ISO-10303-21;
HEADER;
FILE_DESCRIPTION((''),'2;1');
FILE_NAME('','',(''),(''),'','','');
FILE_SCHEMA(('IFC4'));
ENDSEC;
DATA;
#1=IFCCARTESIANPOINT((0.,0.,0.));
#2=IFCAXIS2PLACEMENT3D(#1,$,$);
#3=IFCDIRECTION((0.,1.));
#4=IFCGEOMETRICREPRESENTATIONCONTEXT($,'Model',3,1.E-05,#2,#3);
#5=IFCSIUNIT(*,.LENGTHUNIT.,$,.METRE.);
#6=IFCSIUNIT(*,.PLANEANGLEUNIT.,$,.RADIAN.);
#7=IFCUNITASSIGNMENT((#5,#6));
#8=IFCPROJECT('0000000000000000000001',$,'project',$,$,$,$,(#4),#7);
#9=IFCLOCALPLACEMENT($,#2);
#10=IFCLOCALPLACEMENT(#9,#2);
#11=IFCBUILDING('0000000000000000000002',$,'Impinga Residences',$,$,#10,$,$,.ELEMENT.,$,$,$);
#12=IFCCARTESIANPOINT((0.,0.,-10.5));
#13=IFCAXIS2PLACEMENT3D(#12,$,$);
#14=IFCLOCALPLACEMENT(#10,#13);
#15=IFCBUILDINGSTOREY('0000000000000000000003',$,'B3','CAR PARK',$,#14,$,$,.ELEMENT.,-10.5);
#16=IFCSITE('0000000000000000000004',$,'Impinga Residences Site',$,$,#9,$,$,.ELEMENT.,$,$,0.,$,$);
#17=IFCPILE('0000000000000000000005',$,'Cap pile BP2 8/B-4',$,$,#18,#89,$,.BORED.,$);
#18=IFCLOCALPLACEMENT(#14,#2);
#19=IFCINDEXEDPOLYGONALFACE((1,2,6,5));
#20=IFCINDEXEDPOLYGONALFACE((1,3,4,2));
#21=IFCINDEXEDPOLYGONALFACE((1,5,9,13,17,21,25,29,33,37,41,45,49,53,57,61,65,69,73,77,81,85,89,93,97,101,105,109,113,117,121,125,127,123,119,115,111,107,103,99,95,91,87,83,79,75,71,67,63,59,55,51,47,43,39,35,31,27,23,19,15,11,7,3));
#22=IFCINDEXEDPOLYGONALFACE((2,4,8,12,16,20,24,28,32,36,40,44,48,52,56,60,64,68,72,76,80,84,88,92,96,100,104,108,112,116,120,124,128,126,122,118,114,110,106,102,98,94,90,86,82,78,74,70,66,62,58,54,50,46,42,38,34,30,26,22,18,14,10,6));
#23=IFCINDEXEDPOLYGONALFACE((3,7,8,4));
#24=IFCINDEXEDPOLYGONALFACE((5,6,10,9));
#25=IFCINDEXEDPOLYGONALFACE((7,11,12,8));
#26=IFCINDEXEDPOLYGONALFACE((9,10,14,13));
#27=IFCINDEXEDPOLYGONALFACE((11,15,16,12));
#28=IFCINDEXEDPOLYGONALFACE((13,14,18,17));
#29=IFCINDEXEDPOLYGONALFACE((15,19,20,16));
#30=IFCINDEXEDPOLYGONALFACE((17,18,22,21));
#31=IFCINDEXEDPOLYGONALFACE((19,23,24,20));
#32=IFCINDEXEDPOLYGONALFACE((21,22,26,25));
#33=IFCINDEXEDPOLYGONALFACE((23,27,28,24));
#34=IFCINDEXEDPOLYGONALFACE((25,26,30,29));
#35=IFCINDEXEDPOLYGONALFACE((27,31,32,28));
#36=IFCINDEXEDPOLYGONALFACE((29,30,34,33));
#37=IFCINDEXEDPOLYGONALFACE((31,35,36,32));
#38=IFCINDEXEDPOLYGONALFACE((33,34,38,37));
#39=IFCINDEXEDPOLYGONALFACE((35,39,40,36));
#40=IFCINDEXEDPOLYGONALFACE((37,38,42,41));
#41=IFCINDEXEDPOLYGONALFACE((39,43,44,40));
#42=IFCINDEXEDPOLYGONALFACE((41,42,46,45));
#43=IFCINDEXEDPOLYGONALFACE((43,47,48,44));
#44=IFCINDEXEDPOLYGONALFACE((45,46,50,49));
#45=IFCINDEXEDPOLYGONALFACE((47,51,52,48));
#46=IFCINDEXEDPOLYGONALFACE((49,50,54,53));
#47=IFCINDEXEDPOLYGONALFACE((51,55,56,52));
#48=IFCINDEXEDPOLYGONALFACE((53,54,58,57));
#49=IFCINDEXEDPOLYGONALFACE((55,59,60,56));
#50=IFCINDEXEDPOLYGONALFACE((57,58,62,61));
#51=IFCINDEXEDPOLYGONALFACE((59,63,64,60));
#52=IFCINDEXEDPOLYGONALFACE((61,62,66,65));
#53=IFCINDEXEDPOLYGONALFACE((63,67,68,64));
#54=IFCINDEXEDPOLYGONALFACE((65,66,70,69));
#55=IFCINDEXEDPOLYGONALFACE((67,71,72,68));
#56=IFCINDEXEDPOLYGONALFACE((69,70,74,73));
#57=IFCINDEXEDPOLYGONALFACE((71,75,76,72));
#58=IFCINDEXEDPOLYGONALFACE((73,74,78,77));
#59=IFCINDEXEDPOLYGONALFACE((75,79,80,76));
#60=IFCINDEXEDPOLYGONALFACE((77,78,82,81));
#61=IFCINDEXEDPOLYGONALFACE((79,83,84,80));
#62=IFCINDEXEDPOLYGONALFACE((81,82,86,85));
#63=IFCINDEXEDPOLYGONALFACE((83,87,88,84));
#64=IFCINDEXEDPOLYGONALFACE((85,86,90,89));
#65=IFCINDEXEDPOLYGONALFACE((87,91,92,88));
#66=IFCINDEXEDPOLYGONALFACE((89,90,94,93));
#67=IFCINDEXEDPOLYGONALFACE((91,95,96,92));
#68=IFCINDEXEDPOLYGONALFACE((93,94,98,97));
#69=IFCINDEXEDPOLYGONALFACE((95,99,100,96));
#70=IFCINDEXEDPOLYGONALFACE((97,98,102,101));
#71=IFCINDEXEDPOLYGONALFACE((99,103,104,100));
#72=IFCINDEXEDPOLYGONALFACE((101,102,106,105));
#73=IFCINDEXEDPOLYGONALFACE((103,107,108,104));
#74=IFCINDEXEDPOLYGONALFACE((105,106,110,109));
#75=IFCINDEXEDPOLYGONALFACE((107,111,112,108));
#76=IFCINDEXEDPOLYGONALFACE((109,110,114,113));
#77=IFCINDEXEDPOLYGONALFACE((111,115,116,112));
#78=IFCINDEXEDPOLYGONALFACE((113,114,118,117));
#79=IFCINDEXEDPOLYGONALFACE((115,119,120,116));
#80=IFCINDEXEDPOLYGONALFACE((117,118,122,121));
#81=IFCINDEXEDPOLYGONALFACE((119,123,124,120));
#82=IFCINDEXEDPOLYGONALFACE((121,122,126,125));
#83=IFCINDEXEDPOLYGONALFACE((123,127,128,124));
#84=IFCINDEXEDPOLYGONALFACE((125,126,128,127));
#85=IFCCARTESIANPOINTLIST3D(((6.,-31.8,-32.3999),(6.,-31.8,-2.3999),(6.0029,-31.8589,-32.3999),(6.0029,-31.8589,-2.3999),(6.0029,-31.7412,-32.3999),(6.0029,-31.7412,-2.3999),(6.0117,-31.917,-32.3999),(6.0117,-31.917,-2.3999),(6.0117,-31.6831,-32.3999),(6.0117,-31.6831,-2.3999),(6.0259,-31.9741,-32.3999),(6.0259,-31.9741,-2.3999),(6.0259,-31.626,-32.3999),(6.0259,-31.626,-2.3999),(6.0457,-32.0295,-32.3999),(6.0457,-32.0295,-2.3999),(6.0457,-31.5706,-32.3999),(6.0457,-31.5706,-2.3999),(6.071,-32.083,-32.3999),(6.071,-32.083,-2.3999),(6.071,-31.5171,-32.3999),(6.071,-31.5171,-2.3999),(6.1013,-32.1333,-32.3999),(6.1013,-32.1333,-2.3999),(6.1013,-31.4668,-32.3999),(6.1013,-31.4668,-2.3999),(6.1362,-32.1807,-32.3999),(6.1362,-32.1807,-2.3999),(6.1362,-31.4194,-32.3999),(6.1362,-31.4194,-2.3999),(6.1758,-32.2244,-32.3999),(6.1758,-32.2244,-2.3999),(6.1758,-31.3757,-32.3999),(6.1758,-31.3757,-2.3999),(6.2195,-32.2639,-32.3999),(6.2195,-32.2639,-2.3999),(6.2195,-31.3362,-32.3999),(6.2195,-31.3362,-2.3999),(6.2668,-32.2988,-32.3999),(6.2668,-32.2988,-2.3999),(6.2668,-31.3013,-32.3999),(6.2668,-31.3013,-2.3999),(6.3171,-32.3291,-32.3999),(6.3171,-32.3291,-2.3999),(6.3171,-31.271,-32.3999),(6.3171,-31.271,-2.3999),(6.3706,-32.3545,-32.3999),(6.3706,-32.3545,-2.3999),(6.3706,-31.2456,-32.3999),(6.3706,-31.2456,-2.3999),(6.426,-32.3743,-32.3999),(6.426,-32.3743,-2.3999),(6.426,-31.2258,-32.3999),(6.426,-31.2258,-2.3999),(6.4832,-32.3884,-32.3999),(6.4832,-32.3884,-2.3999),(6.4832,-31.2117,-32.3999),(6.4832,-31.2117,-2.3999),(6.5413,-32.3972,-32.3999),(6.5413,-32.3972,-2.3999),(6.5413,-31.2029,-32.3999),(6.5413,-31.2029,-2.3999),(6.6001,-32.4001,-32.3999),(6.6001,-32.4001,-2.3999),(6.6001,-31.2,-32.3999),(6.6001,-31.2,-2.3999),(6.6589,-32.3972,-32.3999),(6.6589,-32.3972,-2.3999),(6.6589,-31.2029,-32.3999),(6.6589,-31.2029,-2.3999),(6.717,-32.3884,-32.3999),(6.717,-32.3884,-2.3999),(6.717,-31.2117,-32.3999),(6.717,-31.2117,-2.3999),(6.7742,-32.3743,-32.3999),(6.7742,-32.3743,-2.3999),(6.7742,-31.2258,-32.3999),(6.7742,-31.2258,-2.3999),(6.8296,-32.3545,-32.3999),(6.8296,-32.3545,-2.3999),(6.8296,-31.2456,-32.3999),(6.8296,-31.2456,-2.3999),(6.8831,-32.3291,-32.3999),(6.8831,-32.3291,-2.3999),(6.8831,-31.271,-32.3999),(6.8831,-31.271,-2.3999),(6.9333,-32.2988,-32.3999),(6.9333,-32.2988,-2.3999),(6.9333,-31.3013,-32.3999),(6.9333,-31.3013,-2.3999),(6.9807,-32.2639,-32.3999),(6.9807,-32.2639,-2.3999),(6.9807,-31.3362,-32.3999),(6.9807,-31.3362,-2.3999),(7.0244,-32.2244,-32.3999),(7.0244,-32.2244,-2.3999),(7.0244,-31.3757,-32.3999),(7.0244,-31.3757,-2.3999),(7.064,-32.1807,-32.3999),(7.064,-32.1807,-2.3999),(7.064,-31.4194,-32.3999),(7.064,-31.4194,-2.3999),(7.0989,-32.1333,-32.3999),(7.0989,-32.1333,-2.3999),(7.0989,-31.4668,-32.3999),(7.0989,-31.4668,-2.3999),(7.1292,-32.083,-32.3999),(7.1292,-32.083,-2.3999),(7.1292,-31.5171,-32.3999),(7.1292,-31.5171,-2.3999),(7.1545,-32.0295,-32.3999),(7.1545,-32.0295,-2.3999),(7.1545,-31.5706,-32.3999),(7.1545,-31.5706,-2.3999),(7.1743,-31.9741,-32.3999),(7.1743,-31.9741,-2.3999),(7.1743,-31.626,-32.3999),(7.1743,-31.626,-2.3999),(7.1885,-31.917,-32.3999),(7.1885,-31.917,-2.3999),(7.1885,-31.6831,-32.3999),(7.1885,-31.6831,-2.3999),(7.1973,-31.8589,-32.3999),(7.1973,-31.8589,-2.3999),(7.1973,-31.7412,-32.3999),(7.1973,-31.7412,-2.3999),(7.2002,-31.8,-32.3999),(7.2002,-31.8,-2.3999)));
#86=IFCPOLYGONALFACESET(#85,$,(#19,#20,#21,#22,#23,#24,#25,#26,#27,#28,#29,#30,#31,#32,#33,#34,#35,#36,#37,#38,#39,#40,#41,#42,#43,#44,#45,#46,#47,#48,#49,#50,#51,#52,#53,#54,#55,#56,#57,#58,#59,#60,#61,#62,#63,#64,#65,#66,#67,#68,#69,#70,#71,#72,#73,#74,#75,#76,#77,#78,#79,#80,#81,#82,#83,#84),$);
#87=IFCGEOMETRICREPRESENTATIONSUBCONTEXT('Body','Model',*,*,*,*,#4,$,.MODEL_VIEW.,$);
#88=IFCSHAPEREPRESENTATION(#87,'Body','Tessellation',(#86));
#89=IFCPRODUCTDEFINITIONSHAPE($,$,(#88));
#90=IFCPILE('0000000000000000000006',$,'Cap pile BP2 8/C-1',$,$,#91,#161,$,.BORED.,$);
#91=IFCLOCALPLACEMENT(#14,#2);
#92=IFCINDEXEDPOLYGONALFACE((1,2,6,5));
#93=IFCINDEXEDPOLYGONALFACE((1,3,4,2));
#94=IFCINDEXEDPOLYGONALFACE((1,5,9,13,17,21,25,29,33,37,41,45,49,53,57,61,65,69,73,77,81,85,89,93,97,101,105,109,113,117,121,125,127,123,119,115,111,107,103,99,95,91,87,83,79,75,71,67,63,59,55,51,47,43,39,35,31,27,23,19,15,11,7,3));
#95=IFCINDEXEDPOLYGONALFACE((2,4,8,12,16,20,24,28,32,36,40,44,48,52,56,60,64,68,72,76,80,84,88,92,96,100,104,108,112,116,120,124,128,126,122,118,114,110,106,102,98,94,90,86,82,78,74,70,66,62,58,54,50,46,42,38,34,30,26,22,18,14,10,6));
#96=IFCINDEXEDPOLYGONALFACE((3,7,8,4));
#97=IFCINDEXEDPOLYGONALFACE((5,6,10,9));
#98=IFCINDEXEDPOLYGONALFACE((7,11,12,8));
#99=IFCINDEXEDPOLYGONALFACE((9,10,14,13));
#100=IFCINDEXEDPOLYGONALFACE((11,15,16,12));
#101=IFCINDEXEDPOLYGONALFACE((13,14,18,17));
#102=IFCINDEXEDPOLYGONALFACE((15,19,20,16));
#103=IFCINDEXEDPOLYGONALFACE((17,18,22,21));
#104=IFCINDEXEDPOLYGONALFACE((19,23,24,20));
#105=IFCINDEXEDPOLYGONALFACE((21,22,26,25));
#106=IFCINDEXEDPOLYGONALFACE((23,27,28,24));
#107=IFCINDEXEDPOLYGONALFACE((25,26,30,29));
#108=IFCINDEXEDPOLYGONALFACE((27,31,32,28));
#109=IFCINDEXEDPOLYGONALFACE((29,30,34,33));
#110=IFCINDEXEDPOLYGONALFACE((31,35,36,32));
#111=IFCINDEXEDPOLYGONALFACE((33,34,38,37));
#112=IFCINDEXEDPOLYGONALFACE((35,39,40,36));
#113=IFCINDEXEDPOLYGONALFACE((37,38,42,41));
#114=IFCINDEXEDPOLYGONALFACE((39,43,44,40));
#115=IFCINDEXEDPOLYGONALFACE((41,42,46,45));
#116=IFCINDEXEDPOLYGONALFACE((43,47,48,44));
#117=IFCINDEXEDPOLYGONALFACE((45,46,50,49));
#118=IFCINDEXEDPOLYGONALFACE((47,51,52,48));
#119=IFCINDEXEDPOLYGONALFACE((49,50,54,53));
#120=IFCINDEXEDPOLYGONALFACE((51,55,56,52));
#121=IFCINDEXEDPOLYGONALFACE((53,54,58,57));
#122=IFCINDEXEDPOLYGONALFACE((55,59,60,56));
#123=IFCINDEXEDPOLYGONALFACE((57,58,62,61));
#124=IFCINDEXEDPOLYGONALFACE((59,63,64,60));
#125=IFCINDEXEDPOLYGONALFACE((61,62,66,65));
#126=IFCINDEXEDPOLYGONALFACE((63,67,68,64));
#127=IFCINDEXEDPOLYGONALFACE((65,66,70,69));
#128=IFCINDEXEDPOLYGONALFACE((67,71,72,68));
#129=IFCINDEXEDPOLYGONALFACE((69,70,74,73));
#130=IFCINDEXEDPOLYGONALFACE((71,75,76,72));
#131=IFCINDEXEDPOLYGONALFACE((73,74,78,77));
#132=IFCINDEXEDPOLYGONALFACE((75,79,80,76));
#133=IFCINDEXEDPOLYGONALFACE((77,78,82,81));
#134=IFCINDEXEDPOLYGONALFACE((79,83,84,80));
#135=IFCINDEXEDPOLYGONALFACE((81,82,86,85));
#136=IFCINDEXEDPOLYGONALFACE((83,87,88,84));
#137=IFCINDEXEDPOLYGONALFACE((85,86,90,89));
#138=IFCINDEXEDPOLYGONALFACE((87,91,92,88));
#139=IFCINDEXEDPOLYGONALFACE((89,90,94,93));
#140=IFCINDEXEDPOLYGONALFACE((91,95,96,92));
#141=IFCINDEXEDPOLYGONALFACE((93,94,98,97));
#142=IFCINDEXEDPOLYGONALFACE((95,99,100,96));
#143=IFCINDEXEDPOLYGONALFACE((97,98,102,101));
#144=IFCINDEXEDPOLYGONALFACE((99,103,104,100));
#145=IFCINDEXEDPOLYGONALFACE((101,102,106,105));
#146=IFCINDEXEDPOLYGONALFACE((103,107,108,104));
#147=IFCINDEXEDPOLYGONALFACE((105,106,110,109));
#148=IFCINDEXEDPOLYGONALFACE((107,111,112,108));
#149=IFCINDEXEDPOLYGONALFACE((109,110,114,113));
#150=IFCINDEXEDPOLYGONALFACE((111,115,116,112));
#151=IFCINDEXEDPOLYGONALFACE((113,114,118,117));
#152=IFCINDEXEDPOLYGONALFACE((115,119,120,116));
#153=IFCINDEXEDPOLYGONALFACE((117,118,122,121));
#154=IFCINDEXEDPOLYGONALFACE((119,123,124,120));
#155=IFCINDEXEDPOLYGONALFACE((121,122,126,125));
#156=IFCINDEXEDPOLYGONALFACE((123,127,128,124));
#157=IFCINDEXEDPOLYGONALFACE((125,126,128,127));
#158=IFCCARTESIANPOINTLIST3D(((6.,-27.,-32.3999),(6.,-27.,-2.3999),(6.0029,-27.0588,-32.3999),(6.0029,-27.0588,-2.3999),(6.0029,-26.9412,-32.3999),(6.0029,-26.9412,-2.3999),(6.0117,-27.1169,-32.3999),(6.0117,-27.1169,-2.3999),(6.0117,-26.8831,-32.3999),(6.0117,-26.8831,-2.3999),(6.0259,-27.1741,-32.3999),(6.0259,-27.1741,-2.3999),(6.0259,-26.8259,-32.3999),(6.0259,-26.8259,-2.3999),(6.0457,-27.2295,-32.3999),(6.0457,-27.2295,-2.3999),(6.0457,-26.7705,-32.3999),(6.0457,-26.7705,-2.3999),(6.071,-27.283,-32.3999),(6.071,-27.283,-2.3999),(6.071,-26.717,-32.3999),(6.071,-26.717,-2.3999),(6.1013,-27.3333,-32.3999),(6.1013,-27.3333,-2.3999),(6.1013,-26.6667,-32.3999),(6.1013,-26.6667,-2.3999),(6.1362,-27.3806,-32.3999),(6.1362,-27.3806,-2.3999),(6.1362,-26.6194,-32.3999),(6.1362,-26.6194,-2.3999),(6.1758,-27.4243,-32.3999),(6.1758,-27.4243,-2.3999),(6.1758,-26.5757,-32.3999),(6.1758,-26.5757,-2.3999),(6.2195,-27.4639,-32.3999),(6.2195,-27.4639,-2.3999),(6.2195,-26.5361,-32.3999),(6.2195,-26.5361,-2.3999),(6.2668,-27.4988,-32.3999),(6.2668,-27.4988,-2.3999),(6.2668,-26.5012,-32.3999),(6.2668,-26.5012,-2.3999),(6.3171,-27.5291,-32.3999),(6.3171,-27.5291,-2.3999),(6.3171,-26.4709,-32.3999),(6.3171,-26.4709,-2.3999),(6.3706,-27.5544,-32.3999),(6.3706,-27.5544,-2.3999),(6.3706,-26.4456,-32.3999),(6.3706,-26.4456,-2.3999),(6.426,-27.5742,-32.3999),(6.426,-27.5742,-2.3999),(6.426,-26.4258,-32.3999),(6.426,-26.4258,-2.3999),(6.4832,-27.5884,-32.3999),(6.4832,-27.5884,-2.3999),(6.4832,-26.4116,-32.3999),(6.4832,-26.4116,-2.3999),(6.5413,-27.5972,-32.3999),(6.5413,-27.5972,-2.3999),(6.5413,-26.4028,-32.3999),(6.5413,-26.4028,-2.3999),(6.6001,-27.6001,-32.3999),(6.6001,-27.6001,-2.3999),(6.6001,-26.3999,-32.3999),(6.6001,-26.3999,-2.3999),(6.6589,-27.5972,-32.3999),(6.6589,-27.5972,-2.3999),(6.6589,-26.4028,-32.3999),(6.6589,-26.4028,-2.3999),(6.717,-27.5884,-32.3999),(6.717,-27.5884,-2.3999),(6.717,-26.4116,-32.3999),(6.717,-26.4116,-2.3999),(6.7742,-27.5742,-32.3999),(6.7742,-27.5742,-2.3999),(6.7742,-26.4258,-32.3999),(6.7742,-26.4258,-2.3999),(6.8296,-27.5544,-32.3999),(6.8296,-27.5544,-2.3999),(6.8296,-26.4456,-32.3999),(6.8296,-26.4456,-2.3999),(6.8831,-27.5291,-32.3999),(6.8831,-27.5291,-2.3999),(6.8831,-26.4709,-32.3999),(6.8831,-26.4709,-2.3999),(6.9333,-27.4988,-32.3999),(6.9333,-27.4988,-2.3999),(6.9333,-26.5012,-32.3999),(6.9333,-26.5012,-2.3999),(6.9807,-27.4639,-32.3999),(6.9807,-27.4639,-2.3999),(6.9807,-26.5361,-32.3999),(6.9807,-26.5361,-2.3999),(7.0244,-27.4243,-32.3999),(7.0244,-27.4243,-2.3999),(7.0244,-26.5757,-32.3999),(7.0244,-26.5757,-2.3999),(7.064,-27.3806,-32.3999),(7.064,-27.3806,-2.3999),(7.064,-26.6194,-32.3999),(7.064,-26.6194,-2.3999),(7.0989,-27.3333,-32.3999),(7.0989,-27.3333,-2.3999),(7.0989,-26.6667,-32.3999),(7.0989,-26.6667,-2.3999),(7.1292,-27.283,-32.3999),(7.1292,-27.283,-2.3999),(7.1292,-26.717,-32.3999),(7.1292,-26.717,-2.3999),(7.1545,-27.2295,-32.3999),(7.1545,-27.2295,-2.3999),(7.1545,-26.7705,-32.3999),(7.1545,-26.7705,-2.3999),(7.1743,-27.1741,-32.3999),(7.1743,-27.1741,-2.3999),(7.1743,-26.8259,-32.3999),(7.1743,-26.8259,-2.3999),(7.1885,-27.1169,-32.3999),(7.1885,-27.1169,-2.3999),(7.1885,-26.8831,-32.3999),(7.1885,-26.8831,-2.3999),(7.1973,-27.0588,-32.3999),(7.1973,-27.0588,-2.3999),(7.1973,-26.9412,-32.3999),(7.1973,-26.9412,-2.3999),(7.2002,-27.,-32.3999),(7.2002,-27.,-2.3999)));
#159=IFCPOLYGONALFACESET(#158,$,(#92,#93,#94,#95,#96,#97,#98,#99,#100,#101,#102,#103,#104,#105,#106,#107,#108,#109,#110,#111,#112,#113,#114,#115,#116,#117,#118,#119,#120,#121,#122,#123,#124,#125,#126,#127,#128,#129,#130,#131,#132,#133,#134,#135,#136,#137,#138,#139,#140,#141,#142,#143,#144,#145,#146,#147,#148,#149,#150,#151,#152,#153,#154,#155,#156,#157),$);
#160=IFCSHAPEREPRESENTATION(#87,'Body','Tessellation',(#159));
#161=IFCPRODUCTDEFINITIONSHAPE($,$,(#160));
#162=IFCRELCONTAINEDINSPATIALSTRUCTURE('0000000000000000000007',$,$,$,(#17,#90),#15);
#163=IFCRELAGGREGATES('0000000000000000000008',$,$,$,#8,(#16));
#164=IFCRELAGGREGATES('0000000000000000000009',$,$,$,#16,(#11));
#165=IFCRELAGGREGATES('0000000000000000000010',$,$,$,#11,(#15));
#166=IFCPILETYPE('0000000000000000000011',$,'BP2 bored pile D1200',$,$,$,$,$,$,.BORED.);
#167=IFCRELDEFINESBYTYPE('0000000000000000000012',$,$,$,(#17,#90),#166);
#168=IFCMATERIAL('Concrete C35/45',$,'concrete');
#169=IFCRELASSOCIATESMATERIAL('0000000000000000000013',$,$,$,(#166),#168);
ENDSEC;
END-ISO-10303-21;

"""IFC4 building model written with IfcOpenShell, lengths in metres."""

from ifc_helpers import new_model, si_unit, direction, frame, origin, origin_2d, place, context, subcontext, project, spatial, polyline, circle, outline, extrude, material, material_profile, profile_set, type_object, element, save


model = new_model("IFC4")

# Units and contexts
model_context = context("Model", 3, precision=1e-05, world=origin(), true_north=direction((0.0, 1.0)))
body_context = subcontext(model_context, "Body", "Model", "MODEL_VIEW")
ifc_project = project(units=[si_unit("LENGTHUNIT", "METRE"), si_unit("PLANEANGLEUNIT", "RADIAN")], contexts=[model_context])

# Site, building, storey
site_placement = place(None, origin())
site = spatial("IfcSite", under=ifc_project, at=site_placement, Name="Impinga Residences Site", CompositionType="ELEMENT", RefElevation=0.0)
building_placement = place(site_placement, origin())
building = spatial("IfcBuilding", under=site, at=building_placement, Name="Impinga Residences", CompositionType="ELEMENT")
storey_placement = place(building_placement, frame((0.0, 0.0, -10.5)))
storey = spatial("IfcBuildingStorey", under=building, at=storey_placement, Name="B3", Description="CAR PARK", CompositionType="ELEMENT", Elevation=-10.5)

# Piles
ifc_material_1 = material(Name="Concrete C35/45", Category="concrete")
ifc_material_profile_1 = material_profile(ifc_material_1, circle(Radius=0.6001, at=origin_2d()), Name="D1200")
ifc_profile_set_1 = profile_set([ifc_material_profile_1], Name="Concrete C35/45")
pile_type = type_object("IfcPileType", Name="BP2 bored pile D1200", PredefinedType="BORED", material=ifc_profile_set_1)
pile_1_placement = place(storey_placement, frame((6.6001, -31.8, -2.3999), z_axis=(0.0, 0.0, -1.0), x_axis=(1.0, 0.0, 0.0)))
element("IfcPile", 1, at=pile_1_placement, inside=storey, type_object=pile_type, Name="Cap pile BP2 8/B-4", PredefinedType="BORED", context=body_context, shape_type="SweptSolid", body=[
    extrude(outline(polyline([(0.6001, 0.0), (0.5972, 0.0588), (0.5884, 0.1169), (0.5742, 0.1741), (0.5544, 0.2295), (0.5291, 0.283), (0.4988, 0.3333), (0.4639, 0.3806), (0.4243, 0.4243), (0.3806, 0.4639), (0.3333, 0.4988), (0.283, 0.5291), (0.2295, 0.5544), (0.1741, 0.5742), (0.1169, 0.5884), (0.0588, 0.5972), (0.0, 0.6001), (-0.0588, 0.5972), (-0.1169, 0.5884), (-0.1741, 0.5742), (-0.2295, 0.5544), (-0.283, 0.5291), (-0.3333, 0.4988), (-0.3806, 0.4639), (-0.4243, 0.4243), (-0.4639, 0.3806), (-0.4988, 0.3333), (-0.5291, 0.283), (-0.5544, 0.2295), (-0.5742, 0.1741), (-0.5884, 0.1169), (-0.5972, 0.0588), (-0.6001, 0.0), (-0.5972, -0.0588), (-0.5884, -0.1169), (-0.5742, -0.1741), (-0.5544, -0.2295), (-0.5291, -0.283), (-0.4988, -0.3333), (-0.4639, -0.3806), (-0.4243, -0.4243), (-0.3806, -0.4639), (-0.3333, -0.4988), (-0.283, -0.5291), (-0.2295, -0.5544), (-0.1741, -0.5742), (-0.1169, -0.5884), (-0.0588, -0.5972), (0.0, -0.6001), (0.0588, -0.5972), (0.1169, -0.5884), (0.1741, -0.5742), (0.2295, -0.5544), (0.283, -0.5291), (0.3333, -0.4988), (0.3806, -0.4639), (0.4243, -0.4243), (0.4639, -0.3806), (0.4988, -0.3333), (0.5291, -0.283), (0.5544, -0.2295), (0.5742, -0.1741), (0.5884, -0.1169), (0.5972, -0.0588), (0.6001, 0.0)])), origin(), (0.0, 0.0, 1.0), 30.0),
])
pile_2_placement = place(storey_placement, frame((6.6001, -27.0, -2.3999), z_axis=(0.0, 0.0, -1.0), x_axis=(1.0, 0.0, 0.0)))
element("IfcPile", 2, at=pile_2_placement, inside=storey, type_object=pile_type, Name="Cap pile BP2 8/C-1", PredefinedType="BORED", context=body_context, shape_type="SweptSolid", body=[
    extrude(outline(polyline([(0.6001, 0.0), (0.5972, 0.0588), (0.5884, 0.1169), (0.5742, 0.1741), (0.5544, 0.2295), (0.5291, 0.283), (0.4988, 0.3333), (0.4639, 0.3806), (0.4243, 0.4243), (0.3806, 0.4639), (0.3333, 0.4988), (0.283, 0.5291), (0.2295, 0.5544), (0.1741, 0.5742), (0.1169, 0.5884), (0.0588, 0.5972), (0.0, 0.6001), (-0.0588, 0.5972), (-0.1169, 0.5884), (-0.1741, 0.5742), (-0.2295, 0.5544), (-0.283, 0.5291), (-0.3333, 0.4988), (-0.3806, 0.4639), (-0.4243, 0.4243), (-0.4639, 0.3806), (-0.4988, 0.3333), (-0.5291, 0.283), (-0.5544, 0.2295), (-0.5742, 0.1741), (-0.5884, 0.1169), (-0.5972, 0.0588), (-0.6001, 0.0), (-0.5972, -0.0588), (-0.5884, -0.1169), (-0.5742, -0.1741), (-0.5544, -0.2295), (-0.5291, -0.283), (-0.4988, -0.3333), (-0.4639, -0.3806), (-0.4243, -0.4243), (-0.3806, -0.4639), (-0.3333, -0.4988), (-0.283, -0.5291), (-0.2295, -0.5544), (-0.1741, -0.5742), (-0.1169, -0.5884), (-0.0588, -0.5972), (0.0, -0.6001), (0.0588, -0.5972), (0.1169, -0.5884), (0.1741, -0.5742), (0.2295, -0.5544), (0.283, -0.5291), (0.3333, -0.4988), (0.3806, -0.4639), (0.4243, -0.4243), (0.4639, -0.3806), (0.4988, -0.3333), (0.5291, -0.283), (0.5544, -0.2295), (0.5742, -0.1741), (0.5884, -0.1169), (0.5972, -0.0588), (0.6001, 0.0)])), origin(), (0.0, 0.0, 1.0), 30.0),
])

save(model, "model.ifc")
